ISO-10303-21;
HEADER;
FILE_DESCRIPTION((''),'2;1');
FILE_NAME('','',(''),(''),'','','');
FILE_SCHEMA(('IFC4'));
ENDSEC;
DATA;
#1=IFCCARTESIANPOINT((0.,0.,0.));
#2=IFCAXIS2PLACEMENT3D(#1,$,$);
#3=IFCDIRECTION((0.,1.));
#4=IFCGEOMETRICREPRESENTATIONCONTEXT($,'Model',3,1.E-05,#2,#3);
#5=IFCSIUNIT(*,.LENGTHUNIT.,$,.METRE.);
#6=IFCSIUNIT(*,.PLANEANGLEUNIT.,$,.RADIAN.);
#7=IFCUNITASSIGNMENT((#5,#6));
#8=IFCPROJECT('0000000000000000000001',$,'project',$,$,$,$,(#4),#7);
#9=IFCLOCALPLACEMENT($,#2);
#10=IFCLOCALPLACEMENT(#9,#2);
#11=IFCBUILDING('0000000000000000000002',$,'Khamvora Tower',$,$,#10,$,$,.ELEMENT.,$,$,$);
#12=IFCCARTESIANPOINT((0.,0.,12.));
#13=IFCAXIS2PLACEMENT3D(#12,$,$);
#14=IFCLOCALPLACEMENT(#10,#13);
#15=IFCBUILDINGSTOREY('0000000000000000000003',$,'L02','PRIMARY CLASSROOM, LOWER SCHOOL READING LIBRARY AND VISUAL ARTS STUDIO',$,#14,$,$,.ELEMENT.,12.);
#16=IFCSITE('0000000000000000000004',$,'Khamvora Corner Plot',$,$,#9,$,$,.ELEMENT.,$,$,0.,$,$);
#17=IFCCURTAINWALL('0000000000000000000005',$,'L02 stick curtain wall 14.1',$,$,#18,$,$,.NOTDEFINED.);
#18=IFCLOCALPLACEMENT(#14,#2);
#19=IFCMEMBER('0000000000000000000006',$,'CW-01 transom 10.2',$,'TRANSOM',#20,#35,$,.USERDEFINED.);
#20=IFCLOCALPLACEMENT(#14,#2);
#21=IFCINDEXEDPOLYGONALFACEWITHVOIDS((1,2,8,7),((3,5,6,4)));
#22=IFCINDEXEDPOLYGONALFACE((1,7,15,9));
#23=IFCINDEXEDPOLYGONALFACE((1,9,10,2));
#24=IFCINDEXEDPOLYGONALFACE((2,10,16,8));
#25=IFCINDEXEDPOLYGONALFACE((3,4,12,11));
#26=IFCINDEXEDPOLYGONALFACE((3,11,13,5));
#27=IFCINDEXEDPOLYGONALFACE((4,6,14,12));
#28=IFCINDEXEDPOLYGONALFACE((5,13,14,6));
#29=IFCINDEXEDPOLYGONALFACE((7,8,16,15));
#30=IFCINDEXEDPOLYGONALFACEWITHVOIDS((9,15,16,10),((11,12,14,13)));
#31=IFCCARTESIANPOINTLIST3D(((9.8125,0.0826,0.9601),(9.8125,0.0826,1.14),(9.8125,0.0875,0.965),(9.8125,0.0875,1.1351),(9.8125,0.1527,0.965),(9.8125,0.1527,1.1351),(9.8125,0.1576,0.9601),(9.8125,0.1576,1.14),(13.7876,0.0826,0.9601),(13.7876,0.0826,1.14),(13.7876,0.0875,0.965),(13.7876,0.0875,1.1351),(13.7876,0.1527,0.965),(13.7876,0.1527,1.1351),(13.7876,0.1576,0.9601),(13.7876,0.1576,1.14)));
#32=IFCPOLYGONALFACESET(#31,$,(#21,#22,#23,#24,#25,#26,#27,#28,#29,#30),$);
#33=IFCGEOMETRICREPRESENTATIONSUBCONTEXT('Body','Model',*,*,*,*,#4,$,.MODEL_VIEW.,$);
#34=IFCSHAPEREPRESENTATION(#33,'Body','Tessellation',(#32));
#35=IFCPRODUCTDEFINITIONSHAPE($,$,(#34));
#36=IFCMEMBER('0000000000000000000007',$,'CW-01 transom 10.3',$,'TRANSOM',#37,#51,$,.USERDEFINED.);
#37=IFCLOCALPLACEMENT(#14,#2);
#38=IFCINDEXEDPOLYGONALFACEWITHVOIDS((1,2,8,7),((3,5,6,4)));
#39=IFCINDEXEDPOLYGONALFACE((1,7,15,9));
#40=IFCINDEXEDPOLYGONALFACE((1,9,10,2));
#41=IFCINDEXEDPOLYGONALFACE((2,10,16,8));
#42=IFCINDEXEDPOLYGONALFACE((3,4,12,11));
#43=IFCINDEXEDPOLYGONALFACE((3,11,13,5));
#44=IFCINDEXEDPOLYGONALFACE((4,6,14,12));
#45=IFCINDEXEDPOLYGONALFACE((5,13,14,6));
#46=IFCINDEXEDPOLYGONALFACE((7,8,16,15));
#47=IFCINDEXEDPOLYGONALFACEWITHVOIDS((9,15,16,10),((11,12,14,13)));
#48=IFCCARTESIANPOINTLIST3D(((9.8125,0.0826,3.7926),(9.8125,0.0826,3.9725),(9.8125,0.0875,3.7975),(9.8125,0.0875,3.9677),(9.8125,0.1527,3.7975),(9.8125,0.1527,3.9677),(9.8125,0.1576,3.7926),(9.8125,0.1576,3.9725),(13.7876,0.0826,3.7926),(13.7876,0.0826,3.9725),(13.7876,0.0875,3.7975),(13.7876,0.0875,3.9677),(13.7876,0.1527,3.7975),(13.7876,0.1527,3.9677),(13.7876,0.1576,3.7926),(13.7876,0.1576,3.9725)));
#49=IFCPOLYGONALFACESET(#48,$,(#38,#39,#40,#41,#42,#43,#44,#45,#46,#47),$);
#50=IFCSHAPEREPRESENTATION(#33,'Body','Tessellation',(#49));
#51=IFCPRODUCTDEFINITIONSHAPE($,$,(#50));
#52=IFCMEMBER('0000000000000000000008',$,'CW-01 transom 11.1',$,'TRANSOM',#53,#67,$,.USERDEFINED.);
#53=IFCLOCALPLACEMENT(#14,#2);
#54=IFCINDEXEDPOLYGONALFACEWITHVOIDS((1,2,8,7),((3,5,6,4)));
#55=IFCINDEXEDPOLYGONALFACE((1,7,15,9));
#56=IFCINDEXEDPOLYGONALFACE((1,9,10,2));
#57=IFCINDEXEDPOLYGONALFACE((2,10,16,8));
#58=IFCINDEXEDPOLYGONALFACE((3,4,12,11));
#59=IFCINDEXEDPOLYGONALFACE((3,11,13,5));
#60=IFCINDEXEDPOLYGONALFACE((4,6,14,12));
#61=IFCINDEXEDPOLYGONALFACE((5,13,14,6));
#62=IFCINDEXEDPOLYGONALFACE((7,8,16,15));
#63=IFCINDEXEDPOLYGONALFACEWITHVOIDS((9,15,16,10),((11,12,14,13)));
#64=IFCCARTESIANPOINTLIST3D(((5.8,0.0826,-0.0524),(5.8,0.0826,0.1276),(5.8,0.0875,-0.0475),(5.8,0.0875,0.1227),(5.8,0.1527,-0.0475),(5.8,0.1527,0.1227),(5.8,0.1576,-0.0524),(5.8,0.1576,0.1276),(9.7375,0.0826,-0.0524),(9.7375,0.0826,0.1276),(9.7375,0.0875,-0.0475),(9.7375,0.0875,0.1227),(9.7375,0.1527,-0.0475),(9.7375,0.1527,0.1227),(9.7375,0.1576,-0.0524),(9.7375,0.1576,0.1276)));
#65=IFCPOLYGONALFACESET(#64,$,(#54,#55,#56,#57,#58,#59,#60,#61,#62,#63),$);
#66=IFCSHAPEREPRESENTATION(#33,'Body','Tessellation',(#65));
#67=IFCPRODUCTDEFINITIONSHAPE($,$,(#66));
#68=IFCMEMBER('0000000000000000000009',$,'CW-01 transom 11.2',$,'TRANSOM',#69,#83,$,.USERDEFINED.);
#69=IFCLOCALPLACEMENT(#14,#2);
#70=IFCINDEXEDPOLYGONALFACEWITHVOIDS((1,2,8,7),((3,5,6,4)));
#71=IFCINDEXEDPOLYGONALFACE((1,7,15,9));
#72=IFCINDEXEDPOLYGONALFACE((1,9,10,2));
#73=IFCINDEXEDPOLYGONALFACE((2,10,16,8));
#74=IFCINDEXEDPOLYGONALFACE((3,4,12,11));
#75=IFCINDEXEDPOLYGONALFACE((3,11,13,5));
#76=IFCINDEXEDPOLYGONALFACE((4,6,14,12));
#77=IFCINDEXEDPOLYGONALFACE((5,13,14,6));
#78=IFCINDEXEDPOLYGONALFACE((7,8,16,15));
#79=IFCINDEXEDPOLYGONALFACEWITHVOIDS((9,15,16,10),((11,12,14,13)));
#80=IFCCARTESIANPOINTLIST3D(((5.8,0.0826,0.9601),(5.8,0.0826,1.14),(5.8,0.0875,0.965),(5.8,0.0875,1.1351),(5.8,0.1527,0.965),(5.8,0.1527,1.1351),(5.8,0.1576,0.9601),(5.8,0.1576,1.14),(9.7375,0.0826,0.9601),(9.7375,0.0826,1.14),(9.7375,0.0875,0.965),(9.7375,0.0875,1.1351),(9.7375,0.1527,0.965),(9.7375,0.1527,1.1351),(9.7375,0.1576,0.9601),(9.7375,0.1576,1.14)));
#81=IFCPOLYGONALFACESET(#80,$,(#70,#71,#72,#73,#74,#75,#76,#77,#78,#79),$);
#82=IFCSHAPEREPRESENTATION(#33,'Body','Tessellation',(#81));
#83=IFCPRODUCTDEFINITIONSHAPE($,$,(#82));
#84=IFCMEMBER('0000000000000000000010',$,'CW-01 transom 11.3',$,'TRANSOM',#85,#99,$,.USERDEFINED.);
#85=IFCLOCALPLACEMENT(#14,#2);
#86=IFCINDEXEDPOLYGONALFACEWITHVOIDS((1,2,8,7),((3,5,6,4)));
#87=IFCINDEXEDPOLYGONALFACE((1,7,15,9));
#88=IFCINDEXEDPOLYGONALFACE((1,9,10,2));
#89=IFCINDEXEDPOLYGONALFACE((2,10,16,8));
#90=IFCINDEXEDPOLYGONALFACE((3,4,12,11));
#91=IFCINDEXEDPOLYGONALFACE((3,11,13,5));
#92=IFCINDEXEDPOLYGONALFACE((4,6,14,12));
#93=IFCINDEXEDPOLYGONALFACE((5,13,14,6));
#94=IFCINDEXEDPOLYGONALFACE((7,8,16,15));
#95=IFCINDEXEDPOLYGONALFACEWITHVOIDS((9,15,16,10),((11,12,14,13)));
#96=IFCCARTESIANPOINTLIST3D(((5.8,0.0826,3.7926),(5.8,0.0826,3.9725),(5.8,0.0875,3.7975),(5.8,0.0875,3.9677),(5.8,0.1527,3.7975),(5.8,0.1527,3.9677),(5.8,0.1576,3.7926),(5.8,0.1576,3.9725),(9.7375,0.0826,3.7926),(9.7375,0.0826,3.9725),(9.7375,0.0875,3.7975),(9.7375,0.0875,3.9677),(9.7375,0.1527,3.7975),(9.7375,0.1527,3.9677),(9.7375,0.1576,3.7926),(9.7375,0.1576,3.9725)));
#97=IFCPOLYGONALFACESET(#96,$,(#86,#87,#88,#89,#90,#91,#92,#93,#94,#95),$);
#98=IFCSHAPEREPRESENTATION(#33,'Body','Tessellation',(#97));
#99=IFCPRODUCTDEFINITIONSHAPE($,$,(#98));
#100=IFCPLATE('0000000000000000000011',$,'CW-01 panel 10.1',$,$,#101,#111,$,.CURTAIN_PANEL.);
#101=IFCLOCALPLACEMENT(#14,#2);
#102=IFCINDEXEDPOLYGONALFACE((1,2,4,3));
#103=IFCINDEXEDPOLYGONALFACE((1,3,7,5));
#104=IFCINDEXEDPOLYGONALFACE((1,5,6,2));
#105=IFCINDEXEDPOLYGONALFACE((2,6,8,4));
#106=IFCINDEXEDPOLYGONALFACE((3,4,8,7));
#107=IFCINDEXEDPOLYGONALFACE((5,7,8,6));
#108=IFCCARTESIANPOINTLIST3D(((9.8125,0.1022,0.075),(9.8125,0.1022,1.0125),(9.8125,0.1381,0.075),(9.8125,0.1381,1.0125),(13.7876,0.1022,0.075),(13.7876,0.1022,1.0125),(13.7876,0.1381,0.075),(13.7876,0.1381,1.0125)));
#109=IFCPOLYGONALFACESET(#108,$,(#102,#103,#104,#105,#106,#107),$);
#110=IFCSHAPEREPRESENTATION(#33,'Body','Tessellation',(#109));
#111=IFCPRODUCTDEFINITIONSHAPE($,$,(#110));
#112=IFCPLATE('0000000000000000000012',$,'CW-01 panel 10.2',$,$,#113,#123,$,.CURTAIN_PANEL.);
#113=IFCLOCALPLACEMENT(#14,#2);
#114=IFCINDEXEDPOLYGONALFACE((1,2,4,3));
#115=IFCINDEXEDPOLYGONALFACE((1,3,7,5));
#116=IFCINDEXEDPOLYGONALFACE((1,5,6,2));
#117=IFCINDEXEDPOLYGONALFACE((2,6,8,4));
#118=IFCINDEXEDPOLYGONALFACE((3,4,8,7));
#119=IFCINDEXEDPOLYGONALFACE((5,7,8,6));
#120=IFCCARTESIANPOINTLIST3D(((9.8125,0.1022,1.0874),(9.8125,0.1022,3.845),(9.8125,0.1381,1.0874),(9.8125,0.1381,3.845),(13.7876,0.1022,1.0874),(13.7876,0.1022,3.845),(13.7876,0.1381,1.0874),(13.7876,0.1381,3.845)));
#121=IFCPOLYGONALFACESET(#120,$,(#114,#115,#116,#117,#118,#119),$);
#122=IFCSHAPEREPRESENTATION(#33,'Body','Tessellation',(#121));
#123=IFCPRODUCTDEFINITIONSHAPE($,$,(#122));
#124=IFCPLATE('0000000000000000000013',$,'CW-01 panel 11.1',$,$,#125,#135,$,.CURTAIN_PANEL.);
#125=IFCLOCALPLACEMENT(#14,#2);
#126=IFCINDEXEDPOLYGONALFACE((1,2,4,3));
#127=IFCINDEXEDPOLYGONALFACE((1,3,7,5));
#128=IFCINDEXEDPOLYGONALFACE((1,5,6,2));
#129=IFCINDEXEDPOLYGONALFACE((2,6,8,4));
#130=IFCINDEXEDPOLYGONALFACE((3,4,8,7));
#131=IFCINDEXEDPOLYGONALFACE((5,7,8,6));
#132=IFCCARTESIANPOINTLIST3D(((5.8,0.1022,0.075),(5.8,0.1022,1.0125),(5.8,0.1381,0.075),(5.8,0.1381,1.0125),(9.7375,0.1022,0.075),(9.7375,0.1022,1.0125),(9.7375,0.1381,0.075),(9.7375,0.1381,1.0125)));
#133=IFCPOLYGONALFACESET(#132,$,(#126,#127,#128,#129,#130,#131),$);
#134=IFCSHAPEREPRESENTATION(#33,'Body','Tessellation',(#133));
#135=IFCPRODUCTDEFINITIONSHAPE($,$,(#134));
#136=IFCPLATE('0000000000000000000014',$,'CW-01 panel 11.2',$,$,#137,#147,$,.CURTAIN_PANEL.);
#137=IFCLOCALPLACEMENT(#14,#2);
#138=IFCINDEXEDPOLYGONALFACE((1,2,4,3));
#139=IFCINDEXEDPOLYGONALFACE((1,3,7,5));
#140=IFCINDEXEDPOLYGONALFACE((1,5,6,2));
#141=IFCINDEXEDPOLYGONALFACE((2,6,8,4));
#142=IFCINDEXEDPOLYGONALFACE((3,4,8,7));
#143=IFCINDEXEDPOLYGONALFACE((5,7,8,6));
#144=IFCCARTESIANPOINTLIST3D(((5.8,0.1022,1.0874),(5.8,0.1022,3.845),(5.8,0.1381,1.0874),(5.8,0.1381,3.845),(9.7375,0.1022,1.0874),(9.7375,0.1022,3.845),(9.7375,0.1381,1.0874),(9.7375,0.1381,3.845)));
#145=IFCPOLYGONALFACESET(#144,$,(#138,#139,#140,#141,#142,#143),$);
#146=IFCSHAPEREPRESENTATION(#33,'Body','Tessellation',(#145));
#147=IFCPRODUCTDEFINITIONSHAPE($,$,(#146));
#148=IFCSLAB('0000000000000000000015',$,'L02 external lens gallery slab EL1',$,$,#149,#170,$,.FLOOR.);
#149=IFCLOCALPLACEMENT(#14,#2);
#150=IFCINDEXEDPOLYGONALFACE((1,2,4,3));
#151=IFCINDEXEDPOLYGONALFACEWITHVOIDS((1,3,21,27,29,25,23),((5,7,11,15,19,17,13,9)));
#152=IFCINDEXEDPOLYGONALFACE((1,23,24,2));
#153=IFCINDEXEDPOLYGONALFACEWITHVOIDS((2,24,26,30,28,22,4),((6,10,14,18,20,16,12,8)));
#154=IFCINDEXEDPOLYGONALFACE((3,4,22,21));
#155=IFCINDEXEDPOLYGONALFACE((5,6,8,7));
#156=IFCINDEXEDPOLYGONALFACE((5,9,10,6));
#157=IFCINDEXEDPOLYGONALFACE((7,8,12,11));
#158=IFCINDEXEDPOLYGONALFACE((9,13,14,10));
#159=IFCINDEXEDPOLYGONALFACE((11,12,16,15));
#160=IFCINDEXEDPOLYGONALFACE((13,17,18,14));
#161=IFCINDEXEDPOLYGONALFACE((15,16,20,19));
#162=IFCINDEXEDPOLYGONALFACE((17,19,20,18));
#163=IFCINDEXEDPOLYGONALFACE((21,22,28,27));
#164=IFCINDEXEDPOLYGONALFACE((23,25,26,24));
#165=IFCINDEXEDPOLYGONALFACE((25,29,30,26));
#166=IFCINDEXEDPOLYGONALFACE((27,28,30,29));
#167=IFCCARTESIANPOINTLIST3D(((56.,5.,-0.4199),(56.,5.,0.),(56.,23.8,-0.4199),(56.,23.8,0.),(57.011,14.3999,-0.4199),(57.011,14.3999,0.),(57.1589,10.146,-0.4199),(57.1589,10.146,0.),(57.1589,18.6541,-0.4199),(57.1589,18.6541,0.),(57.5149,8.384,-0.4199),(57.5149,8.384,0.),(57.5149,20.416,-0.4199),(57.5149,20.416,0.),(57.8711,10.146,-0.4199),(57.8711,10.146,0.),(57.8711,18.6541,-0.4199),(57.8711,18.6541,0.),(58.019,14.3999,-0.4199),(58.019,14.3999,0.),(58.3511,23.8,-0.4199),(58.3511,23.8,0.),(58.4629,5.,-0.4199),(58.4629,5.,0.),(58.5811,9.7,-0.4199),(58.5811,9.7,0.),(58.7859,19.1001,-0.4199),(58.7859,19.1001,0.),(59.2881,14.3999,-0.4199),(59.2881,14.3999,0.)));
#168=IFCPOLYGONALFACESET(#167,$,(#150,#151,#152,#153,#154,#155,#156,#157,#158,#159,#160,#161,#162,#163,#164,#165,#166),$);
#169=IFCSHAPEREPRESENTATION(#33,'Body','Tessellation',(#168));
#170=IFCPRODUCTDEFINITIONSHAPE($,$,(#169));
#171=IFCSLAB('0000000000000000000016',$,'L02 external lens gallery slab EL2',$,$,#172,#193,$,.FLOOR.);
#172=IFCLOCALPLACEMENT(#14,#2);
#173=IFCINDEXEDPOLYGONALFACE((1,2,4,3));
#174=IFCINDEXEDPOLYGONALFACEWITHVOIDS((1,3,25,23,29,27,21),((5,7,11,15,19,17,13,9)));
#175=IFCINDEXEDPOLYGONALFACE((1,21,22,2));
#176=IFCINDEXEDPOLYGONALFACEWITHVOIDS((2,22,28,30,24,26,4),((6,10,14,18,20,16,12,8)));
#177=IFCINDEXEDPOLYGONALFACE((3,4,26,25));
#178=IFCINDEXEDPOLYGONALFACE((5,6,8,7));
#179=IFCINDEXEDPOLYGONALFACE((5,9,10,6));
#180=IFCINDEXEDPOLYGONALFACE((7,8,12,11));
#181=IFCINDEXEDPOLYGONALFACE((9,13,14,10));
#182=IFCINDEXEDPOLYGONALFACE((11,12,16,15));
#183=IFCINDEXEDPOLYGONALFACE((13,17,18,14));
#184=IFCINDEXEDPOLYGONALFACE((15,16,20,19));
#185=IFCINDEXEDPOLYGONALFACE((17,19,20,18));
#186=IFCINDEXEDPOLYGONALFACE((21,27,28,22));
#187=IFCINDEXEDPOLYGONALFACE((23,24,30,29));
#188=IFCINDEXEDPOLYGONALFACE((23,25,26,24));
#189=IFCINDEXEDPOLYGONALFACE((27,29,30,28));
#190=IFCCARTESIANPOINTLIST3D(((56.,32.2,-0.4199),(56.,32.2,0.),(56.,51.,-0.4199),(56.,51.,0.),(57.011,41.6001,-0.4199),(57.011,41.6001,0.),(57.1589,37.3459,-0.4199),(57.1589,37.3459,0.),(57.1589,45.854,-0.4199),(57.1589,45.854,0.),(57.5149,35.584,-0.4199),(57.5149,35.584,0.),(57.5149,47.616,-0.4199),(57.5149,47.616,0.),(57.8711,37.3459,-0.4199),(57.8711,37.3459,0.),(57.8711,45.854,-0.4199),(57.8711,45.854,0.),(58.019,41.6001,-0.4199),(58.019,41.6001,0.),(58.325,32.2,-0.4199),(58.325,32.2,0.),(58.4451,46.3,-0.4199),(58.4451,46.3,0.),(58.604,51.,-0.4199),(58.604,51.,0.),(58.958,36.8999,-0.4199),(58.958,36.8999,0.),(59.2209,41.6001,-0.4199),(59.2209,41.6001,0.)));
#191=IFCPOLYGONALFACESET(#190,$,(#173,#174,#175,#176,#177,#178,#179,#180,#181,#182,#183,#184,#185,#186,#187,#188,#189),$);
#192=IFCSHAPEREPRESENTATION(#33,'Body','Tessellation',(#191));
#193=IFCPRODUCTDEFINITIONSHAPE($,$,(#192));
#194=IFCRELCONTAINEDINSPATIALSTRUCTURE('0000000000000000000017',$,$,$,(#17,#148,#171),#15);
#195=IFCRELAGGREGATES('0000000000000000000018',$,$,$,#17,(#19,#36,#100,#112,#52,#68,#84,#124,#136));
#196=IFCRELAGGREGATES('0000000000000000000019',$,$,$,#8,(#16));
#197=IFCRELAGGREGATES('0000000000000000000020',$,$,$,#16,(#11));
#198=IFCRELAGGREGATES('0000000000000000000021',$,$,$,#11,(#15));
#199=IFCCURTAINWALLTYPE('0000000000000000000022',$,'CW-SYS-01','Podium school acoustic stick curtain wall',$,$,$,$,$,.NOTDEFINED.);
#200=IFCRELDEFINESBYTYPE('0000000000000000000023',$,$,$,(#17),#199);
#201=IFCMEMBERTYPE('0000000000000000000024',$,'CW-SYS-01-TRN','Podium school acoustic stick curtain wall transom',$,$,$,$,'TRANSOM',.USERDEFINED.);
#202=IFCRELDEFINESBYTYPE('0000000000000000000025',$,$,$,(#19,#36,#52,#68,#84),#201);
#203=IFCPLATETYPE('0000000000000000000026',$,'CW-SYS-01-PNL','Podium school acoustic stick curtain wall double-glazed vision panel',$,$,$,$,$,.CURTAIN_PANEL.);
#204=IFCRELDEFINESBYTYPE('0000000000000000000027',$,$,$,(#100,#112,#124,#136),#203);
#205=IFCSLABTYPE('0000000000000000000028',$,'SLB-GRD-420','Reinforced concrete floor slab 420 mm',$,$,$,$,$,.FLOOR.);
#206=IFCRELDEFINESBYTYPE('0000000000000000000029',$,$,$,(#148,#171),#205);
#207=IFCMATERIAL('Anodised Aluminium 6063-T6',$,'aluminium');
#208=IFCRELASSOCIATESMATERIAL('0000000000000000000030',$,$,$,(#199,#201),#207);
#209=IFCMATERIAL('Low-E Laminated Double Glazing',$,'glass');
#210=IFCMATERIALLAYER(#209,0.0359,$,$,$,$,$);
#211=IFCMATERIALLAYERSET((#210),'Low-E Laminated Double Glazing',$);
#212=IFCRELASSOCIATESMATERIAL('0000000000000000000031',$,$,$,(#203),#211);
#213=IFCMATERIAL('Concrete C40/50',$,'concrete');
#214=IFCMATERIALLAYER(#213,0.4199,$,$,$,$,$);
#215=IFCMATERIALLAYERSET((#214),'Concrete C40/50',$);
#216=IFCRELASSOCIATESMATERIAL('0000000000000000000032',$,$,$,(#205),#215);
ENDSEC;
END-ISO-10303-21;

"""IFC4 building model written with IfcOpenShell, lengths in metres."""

from ifc_helpers import new_model, si_unit, direction, frame, origin, origin_2d, place, context, subcontext, project, spatial, polyline, rectangle, hollow_rectangle, outline, extrude, material, layer, layer_set, material_profile, profile_set, type_object, element, aggregate, save


model = new_model("IFC4")

# Units and contexts
model_context = context("Model", 3, precision=1e-05, world=origin(), true_north=direction((0.0, 1.0)))
body_context = subcontext(model_context, "Body", "Model", "MODEL_VIEW")
ifc_project = project(units=[si_unit("LENGTHUNIT", "METRE"), si_unit("PLANEANGLEUNIT", "RADIAN")], contexts=[model_context])

# Site, building, storey
site_placement = place(None, origin())
site = spatial("IfcSite", under=ifc_project, at=site_placement, Name="Khamvora Corner Plot", CompositionType="ELEMENT", RefElevation=0.0)
building_placement = place(site_placement, origin())
building = spatial("IfcBuilding", under=site, at=building_placement, Name="Khamvora Tower", CompositionType="ELEMENT")
storey_placement = place(building_placement, frame((0.0, 0.0, 12.0)))
storey = spatial("IfcBuildingStorey", under=building, at=storey_placement, Name="L02", Description="PRIMARY CLASSROOM, LOWER SCHOOL READING LIBRARY AND VISUAL ARTS STUDIO", CompositionType="ELEMENT", Elevation=12.0)

# Curtain wall, members, plates
ifc_material_1 = material(Name="Anodised Aluminium 6063-T6", Category="aluminium")
curtain_wall_type = type_object("IfcCurtainWallType", Name="CW-SYS-01", Description="Podium school acoustic stick curtain wall", PredefinedType="NOTDEFINED", material=ifc_material_1)
curtain_wall_placement = place(storey_placement, origin())
curtain_wall = element("IfcCurtainWall", 1, at=curtain_wall_placement, inside=storey, type_object=curtain_wall_type, Name="L02 stick curtain wall 14.1", PredefinedType="NOTDEFINED")
ifc_material_profile_1 = material_profile(ifc_material_1, hollow_rectangle(XDim=0.075, YDim=0.1799, WallThickness=0.0049, at=origin_2d()), Name="TRN75x180x5")
ifc_profile_set_1 = profile_set([ifc_material_profile_1], Name="Anodised Aluminium 6063-T6")
member_type_1 = type_object("IfcMemberType", Name="CW-SYS-01-TRN", Description="Podium school acoustic stick curtain wall transom", ElementType="TRANSOM", PredefinedType="USERDEFINED", material=ifc_profile_set_1)
member_1_placement = place(storey_placement, frame((13.7876, 0.1201, 1.05), z_axis=(-1.0, 0.0, 0.0), x_axis=(0.0, -1.0, 0.0)))
member_1 = element("IfcMember", 2, at=member_1_placement, type_object=member_type_1, Name="CW-01 transom 10.2", ObjectType="TRANSOM", PredefinedType="USERDEFINED", context=body_context, shape_type="SweptSolid", body=[
    extrude(hollow_rectangle(XDim=0.075, YDim=0.1799, WallThickness=0.0049, at=origin_2d()), origin(), (0.0, 0.0, 1.0), 3.9751),
])
member_2_placement = place(storey_placement, frame((13.7876, 0.1201, 3.8826), z_axis=(-1.0, 0.0, 0.0), x_axis=(0.0, -1.0, 0.0)))
member_2 = element("IfcMember", 3, at=member_2_placement, type_object=member_type_1, Name="CW-01 transom 10.3", ObjectType="TRANSOM", PredefinedType="USERDEFINED", context=body_context, shape_type="SweptSolid", body=[
    extrude(hollow_rectangle(XDim=0.075, YDim=0.1799, WallThickness=0.0049, at=origin_2d()), origin(), (0.0, 0.0, 1.0), 3.9751),
])
member_3_placement = place(storey_placement, frame((9.7375, 0.1201, 0.0376), z_axis=(-1.0, 0.0, 0.0), x_axis=(0.0, -1.0, 0.0)))
member_3 = element("IfcMember", 4, at=member_3_placement, type_object=member_type_1, Name="CW-01 transom 11.1", ObjectType="TRANSOM", PredefinedType="USERDEFINED", context=body_context, shape_type="SweptSolid", body=[
    extrude(hollow_rectangle(XDim=0.075, YDim=0.1799, WallThickness=0.0049, at=origin_2d()), origin(), (0.0, 0.0, 1.0), 3.9375),
])
member_4_placement = place(storey_placement, frame((9.7375, 0.1201, 1.05), z_axis=(-1.0, 0.0, 0.0), x_axis=(0.0, -1.0, 0.0)))
member_4 = element("IfcMember", 5, at=member_4_placement, type_object=member_type_1, Name="CW-01 transom 11.2", ObjectType="TRANSOM", PredefinedType="USERDEFINED", context=body_context, shape_type="SweptSolid", body=[
    extrude(hollow_rectangle(XDim=0.075, YDim=0.1799, WallThickness=0.0049, at=origin_2d()), origin(), (0.0, 0.0, 1.0), 3.9375),
])
member_5_placement = place(storey_placement, frame((9.7375, 0.1201, 3.8826), z_axis=(-1.0, 0.0, 0.0), x_axis=(0.0, -1.0, 0.0)))
member_5 = element("IfcMember", 6, at=member_5_placement, type_object=member_type_1, Name="CW-01 transom 11.3", ObjectType="TRANSOM", PredefinedType="USERDEFINED", context=body_context, shape_type="SweptSolid", body=[
    extrude(hollow_rectangle(XDim=0.075, YDim=0.1799, WallThickness=0.0049, at=origin_2d()), origin(), (0.0, 0.0, 1.0), 3.9375),
])
ifc_material_2 = material(Name="Low-E Laminated Double Glazing", Category="glass")
ifc_layer_1 = layer(ifc_material_2, 0.0359)
ifc_layer_set_1 = layer_set([ifc_layer_1], Name="Low-E Laminated Double Glazing")
plate_type = type_object("IfcPlateType", Name="CW-SYS-01-PNL", Description="Podium school acoustic stick curtain wall double-glazed vision panel", PredefinedType="CURTAIN_PANEL", material=ifc_layer_set_1)
plate_1_placement = place(storey_placement, frame((11.8, 0.1201, 0.075), z_axis=(0.0, 0.0, 1.0), x_axis=(-1.0, 0.0, 0.0)))
plate_1 = element("IfcPlate", 7, at=plate_1_placement, type_object=plate_type, Name="CW-01 panel 10.1", PredefinedType="CURTAIN_PANEL", context=body_context, shape_type="SweptSolid", body=[
    extrude(rectangle(XDim=3.9751, YDim=0.0359, at=origin_2d()), origin(), (0.0, 0.0, 1.0), 0.9375),
])
plate_2_placement = place(storey_placement, frame((11.8, 0.1201, 1.0874), z_axis=(0.0, 0.0, 1.0), x_axis=(-1.0, 0.0, 0.0)))
plate_2 = element("IfcPlate", 8, at=plate_2_placement, type_object=plate_type, Name="CW-01 panel 10.2", PredefinedType="CURTAIN_PANEL", context=body_context, shape_type="SweptSolid", body=[
    extrude(rectangle(XDim=3.9751, YDim=0.0359, at=origin_2d()), origin(), (0.0, 0.0, 1.0), 2.7576),
])
plate_3_placement = place(storey_placement, frame((7.7688, 0.1201, 0.075), z_axis=(0.0, 0.0, 1.0), x_axis=(-1.0, 0.0, 0.0)))
plate_3 = element("IfcPlate", 9, at=plate_3_placement, type_object=plate_type, Name="CW-01 panel 11.1", PredefinedType="CURTAIN_PANEL", context=body_context, shape_type="SweptSolid", body=[
    extrude(rectangle(XDim=3.9375, YDim=0.0359, at=origin_2d()), origin(), (0.0, 0.0, 1.0), 0.9375),
])
plate_4_placement = place(storey_placement, frame((7.7688, 0.1201, 1.0874), z_axis=(0.0, 0.0, 1.0), x_axis=(-1.0, 0.0, 0.0)))
plate_4 = element("IfcPlate", 10, at=plate_4_placement, type_object=plate_type, Name="CW-01 panel 11.2", PredefinedType="CURTAIN_PANEL", context=body_context, shape_type="SweptSolid", body=[
    extrude(rectangle(XDim=3.9375, YDim=0.0359, at=origin_2d()), origin(), (0.0, 0.0, 1.0), 2.7576),
])
aggregate(curtain_wall, [member_1, member_2, plate_1, plate_2, member_3, member_4, member_5, plate_3, plate_4])

# Slabs
ifc_material_3 = material(Name="Concrete C40/50", Category="concrete")
ifc_layer_2 = layer(ifc_material_3, 0.4199)
ifc_layer_set_2 = layer_set([ifc_layer_2], Name="Concrete C40/50")
slab_type_1 = type_object("IfcSlabType", Name="SLB-GRD-420", Description="Reinforced concrete floor slab 420 mm", PredefinedType="FLOOR", material=ifc_layer_set_2)
slab_1_placement = place(storey_placement, frame((0.0, 0.0, -0.4199)))
element("IfcSlab", 11, at=slab_1_placement, inside=storey, type_object=slab_type_1, Name="L02 external lens gallery slab EL1", PredefinedType="FLOOR", context=body_context, shape_type="SweptSolid", body=[
    extrude(outline(polyline([(58.4629, 5.0), (58.5811, 9.7), (59.2881, 14.3999), (58.7859, 19.1001), (58.3511, 23.8), (56.0, 23.8), (56.0, 5.0), (58.4629, 5.0)]), holes=[polyline([(58.019, 14.3999), (57.8711, 18.6541), (57.5149, 20.416), (57.1589, 18.6541), (57.011, 14.3999), (57.1589, 10.146), (57.5149, 8.384), (57.8711, 10.146), (58.019, 14.3999)])]), origin(), (0.0, 0.0, 1.0), 0.4199),
])
slab_2_placement = place(storey_placement, frame((0.0, 0.0, -0.4199)))
element("IfcSlab", 12, at=slab_2_placement, inside=storey, type_object=slab_type_1, Name="L02 external lens gallery slab EL2", PredefinedType="FLOOR", context=body_context, shape_type="SweptSolid", body=[
    extrude(outline(polyline([(58.325, 32.2), (58.958, 36.8999), (59.2209, 41.6001), (58.4451, 46.3), (58.604, 51.0), (56.0, 51.0), (56.0, 32.2), (58.325, 32.2)]), holes=[polyline([(58.019, 41.6001), (57.8711, 45.854), (57.5149, 47.616), (57.1589, 45.854), (57.011, 41.6001), (57.1589, 37.3459), (57.5149, 35.584), (57.8711, 37.3459), (58.019, 41.6001)])]), origin(), (0.0, 0.0, 1.0), 0.4199),
])

save(model, "model.ifc")
